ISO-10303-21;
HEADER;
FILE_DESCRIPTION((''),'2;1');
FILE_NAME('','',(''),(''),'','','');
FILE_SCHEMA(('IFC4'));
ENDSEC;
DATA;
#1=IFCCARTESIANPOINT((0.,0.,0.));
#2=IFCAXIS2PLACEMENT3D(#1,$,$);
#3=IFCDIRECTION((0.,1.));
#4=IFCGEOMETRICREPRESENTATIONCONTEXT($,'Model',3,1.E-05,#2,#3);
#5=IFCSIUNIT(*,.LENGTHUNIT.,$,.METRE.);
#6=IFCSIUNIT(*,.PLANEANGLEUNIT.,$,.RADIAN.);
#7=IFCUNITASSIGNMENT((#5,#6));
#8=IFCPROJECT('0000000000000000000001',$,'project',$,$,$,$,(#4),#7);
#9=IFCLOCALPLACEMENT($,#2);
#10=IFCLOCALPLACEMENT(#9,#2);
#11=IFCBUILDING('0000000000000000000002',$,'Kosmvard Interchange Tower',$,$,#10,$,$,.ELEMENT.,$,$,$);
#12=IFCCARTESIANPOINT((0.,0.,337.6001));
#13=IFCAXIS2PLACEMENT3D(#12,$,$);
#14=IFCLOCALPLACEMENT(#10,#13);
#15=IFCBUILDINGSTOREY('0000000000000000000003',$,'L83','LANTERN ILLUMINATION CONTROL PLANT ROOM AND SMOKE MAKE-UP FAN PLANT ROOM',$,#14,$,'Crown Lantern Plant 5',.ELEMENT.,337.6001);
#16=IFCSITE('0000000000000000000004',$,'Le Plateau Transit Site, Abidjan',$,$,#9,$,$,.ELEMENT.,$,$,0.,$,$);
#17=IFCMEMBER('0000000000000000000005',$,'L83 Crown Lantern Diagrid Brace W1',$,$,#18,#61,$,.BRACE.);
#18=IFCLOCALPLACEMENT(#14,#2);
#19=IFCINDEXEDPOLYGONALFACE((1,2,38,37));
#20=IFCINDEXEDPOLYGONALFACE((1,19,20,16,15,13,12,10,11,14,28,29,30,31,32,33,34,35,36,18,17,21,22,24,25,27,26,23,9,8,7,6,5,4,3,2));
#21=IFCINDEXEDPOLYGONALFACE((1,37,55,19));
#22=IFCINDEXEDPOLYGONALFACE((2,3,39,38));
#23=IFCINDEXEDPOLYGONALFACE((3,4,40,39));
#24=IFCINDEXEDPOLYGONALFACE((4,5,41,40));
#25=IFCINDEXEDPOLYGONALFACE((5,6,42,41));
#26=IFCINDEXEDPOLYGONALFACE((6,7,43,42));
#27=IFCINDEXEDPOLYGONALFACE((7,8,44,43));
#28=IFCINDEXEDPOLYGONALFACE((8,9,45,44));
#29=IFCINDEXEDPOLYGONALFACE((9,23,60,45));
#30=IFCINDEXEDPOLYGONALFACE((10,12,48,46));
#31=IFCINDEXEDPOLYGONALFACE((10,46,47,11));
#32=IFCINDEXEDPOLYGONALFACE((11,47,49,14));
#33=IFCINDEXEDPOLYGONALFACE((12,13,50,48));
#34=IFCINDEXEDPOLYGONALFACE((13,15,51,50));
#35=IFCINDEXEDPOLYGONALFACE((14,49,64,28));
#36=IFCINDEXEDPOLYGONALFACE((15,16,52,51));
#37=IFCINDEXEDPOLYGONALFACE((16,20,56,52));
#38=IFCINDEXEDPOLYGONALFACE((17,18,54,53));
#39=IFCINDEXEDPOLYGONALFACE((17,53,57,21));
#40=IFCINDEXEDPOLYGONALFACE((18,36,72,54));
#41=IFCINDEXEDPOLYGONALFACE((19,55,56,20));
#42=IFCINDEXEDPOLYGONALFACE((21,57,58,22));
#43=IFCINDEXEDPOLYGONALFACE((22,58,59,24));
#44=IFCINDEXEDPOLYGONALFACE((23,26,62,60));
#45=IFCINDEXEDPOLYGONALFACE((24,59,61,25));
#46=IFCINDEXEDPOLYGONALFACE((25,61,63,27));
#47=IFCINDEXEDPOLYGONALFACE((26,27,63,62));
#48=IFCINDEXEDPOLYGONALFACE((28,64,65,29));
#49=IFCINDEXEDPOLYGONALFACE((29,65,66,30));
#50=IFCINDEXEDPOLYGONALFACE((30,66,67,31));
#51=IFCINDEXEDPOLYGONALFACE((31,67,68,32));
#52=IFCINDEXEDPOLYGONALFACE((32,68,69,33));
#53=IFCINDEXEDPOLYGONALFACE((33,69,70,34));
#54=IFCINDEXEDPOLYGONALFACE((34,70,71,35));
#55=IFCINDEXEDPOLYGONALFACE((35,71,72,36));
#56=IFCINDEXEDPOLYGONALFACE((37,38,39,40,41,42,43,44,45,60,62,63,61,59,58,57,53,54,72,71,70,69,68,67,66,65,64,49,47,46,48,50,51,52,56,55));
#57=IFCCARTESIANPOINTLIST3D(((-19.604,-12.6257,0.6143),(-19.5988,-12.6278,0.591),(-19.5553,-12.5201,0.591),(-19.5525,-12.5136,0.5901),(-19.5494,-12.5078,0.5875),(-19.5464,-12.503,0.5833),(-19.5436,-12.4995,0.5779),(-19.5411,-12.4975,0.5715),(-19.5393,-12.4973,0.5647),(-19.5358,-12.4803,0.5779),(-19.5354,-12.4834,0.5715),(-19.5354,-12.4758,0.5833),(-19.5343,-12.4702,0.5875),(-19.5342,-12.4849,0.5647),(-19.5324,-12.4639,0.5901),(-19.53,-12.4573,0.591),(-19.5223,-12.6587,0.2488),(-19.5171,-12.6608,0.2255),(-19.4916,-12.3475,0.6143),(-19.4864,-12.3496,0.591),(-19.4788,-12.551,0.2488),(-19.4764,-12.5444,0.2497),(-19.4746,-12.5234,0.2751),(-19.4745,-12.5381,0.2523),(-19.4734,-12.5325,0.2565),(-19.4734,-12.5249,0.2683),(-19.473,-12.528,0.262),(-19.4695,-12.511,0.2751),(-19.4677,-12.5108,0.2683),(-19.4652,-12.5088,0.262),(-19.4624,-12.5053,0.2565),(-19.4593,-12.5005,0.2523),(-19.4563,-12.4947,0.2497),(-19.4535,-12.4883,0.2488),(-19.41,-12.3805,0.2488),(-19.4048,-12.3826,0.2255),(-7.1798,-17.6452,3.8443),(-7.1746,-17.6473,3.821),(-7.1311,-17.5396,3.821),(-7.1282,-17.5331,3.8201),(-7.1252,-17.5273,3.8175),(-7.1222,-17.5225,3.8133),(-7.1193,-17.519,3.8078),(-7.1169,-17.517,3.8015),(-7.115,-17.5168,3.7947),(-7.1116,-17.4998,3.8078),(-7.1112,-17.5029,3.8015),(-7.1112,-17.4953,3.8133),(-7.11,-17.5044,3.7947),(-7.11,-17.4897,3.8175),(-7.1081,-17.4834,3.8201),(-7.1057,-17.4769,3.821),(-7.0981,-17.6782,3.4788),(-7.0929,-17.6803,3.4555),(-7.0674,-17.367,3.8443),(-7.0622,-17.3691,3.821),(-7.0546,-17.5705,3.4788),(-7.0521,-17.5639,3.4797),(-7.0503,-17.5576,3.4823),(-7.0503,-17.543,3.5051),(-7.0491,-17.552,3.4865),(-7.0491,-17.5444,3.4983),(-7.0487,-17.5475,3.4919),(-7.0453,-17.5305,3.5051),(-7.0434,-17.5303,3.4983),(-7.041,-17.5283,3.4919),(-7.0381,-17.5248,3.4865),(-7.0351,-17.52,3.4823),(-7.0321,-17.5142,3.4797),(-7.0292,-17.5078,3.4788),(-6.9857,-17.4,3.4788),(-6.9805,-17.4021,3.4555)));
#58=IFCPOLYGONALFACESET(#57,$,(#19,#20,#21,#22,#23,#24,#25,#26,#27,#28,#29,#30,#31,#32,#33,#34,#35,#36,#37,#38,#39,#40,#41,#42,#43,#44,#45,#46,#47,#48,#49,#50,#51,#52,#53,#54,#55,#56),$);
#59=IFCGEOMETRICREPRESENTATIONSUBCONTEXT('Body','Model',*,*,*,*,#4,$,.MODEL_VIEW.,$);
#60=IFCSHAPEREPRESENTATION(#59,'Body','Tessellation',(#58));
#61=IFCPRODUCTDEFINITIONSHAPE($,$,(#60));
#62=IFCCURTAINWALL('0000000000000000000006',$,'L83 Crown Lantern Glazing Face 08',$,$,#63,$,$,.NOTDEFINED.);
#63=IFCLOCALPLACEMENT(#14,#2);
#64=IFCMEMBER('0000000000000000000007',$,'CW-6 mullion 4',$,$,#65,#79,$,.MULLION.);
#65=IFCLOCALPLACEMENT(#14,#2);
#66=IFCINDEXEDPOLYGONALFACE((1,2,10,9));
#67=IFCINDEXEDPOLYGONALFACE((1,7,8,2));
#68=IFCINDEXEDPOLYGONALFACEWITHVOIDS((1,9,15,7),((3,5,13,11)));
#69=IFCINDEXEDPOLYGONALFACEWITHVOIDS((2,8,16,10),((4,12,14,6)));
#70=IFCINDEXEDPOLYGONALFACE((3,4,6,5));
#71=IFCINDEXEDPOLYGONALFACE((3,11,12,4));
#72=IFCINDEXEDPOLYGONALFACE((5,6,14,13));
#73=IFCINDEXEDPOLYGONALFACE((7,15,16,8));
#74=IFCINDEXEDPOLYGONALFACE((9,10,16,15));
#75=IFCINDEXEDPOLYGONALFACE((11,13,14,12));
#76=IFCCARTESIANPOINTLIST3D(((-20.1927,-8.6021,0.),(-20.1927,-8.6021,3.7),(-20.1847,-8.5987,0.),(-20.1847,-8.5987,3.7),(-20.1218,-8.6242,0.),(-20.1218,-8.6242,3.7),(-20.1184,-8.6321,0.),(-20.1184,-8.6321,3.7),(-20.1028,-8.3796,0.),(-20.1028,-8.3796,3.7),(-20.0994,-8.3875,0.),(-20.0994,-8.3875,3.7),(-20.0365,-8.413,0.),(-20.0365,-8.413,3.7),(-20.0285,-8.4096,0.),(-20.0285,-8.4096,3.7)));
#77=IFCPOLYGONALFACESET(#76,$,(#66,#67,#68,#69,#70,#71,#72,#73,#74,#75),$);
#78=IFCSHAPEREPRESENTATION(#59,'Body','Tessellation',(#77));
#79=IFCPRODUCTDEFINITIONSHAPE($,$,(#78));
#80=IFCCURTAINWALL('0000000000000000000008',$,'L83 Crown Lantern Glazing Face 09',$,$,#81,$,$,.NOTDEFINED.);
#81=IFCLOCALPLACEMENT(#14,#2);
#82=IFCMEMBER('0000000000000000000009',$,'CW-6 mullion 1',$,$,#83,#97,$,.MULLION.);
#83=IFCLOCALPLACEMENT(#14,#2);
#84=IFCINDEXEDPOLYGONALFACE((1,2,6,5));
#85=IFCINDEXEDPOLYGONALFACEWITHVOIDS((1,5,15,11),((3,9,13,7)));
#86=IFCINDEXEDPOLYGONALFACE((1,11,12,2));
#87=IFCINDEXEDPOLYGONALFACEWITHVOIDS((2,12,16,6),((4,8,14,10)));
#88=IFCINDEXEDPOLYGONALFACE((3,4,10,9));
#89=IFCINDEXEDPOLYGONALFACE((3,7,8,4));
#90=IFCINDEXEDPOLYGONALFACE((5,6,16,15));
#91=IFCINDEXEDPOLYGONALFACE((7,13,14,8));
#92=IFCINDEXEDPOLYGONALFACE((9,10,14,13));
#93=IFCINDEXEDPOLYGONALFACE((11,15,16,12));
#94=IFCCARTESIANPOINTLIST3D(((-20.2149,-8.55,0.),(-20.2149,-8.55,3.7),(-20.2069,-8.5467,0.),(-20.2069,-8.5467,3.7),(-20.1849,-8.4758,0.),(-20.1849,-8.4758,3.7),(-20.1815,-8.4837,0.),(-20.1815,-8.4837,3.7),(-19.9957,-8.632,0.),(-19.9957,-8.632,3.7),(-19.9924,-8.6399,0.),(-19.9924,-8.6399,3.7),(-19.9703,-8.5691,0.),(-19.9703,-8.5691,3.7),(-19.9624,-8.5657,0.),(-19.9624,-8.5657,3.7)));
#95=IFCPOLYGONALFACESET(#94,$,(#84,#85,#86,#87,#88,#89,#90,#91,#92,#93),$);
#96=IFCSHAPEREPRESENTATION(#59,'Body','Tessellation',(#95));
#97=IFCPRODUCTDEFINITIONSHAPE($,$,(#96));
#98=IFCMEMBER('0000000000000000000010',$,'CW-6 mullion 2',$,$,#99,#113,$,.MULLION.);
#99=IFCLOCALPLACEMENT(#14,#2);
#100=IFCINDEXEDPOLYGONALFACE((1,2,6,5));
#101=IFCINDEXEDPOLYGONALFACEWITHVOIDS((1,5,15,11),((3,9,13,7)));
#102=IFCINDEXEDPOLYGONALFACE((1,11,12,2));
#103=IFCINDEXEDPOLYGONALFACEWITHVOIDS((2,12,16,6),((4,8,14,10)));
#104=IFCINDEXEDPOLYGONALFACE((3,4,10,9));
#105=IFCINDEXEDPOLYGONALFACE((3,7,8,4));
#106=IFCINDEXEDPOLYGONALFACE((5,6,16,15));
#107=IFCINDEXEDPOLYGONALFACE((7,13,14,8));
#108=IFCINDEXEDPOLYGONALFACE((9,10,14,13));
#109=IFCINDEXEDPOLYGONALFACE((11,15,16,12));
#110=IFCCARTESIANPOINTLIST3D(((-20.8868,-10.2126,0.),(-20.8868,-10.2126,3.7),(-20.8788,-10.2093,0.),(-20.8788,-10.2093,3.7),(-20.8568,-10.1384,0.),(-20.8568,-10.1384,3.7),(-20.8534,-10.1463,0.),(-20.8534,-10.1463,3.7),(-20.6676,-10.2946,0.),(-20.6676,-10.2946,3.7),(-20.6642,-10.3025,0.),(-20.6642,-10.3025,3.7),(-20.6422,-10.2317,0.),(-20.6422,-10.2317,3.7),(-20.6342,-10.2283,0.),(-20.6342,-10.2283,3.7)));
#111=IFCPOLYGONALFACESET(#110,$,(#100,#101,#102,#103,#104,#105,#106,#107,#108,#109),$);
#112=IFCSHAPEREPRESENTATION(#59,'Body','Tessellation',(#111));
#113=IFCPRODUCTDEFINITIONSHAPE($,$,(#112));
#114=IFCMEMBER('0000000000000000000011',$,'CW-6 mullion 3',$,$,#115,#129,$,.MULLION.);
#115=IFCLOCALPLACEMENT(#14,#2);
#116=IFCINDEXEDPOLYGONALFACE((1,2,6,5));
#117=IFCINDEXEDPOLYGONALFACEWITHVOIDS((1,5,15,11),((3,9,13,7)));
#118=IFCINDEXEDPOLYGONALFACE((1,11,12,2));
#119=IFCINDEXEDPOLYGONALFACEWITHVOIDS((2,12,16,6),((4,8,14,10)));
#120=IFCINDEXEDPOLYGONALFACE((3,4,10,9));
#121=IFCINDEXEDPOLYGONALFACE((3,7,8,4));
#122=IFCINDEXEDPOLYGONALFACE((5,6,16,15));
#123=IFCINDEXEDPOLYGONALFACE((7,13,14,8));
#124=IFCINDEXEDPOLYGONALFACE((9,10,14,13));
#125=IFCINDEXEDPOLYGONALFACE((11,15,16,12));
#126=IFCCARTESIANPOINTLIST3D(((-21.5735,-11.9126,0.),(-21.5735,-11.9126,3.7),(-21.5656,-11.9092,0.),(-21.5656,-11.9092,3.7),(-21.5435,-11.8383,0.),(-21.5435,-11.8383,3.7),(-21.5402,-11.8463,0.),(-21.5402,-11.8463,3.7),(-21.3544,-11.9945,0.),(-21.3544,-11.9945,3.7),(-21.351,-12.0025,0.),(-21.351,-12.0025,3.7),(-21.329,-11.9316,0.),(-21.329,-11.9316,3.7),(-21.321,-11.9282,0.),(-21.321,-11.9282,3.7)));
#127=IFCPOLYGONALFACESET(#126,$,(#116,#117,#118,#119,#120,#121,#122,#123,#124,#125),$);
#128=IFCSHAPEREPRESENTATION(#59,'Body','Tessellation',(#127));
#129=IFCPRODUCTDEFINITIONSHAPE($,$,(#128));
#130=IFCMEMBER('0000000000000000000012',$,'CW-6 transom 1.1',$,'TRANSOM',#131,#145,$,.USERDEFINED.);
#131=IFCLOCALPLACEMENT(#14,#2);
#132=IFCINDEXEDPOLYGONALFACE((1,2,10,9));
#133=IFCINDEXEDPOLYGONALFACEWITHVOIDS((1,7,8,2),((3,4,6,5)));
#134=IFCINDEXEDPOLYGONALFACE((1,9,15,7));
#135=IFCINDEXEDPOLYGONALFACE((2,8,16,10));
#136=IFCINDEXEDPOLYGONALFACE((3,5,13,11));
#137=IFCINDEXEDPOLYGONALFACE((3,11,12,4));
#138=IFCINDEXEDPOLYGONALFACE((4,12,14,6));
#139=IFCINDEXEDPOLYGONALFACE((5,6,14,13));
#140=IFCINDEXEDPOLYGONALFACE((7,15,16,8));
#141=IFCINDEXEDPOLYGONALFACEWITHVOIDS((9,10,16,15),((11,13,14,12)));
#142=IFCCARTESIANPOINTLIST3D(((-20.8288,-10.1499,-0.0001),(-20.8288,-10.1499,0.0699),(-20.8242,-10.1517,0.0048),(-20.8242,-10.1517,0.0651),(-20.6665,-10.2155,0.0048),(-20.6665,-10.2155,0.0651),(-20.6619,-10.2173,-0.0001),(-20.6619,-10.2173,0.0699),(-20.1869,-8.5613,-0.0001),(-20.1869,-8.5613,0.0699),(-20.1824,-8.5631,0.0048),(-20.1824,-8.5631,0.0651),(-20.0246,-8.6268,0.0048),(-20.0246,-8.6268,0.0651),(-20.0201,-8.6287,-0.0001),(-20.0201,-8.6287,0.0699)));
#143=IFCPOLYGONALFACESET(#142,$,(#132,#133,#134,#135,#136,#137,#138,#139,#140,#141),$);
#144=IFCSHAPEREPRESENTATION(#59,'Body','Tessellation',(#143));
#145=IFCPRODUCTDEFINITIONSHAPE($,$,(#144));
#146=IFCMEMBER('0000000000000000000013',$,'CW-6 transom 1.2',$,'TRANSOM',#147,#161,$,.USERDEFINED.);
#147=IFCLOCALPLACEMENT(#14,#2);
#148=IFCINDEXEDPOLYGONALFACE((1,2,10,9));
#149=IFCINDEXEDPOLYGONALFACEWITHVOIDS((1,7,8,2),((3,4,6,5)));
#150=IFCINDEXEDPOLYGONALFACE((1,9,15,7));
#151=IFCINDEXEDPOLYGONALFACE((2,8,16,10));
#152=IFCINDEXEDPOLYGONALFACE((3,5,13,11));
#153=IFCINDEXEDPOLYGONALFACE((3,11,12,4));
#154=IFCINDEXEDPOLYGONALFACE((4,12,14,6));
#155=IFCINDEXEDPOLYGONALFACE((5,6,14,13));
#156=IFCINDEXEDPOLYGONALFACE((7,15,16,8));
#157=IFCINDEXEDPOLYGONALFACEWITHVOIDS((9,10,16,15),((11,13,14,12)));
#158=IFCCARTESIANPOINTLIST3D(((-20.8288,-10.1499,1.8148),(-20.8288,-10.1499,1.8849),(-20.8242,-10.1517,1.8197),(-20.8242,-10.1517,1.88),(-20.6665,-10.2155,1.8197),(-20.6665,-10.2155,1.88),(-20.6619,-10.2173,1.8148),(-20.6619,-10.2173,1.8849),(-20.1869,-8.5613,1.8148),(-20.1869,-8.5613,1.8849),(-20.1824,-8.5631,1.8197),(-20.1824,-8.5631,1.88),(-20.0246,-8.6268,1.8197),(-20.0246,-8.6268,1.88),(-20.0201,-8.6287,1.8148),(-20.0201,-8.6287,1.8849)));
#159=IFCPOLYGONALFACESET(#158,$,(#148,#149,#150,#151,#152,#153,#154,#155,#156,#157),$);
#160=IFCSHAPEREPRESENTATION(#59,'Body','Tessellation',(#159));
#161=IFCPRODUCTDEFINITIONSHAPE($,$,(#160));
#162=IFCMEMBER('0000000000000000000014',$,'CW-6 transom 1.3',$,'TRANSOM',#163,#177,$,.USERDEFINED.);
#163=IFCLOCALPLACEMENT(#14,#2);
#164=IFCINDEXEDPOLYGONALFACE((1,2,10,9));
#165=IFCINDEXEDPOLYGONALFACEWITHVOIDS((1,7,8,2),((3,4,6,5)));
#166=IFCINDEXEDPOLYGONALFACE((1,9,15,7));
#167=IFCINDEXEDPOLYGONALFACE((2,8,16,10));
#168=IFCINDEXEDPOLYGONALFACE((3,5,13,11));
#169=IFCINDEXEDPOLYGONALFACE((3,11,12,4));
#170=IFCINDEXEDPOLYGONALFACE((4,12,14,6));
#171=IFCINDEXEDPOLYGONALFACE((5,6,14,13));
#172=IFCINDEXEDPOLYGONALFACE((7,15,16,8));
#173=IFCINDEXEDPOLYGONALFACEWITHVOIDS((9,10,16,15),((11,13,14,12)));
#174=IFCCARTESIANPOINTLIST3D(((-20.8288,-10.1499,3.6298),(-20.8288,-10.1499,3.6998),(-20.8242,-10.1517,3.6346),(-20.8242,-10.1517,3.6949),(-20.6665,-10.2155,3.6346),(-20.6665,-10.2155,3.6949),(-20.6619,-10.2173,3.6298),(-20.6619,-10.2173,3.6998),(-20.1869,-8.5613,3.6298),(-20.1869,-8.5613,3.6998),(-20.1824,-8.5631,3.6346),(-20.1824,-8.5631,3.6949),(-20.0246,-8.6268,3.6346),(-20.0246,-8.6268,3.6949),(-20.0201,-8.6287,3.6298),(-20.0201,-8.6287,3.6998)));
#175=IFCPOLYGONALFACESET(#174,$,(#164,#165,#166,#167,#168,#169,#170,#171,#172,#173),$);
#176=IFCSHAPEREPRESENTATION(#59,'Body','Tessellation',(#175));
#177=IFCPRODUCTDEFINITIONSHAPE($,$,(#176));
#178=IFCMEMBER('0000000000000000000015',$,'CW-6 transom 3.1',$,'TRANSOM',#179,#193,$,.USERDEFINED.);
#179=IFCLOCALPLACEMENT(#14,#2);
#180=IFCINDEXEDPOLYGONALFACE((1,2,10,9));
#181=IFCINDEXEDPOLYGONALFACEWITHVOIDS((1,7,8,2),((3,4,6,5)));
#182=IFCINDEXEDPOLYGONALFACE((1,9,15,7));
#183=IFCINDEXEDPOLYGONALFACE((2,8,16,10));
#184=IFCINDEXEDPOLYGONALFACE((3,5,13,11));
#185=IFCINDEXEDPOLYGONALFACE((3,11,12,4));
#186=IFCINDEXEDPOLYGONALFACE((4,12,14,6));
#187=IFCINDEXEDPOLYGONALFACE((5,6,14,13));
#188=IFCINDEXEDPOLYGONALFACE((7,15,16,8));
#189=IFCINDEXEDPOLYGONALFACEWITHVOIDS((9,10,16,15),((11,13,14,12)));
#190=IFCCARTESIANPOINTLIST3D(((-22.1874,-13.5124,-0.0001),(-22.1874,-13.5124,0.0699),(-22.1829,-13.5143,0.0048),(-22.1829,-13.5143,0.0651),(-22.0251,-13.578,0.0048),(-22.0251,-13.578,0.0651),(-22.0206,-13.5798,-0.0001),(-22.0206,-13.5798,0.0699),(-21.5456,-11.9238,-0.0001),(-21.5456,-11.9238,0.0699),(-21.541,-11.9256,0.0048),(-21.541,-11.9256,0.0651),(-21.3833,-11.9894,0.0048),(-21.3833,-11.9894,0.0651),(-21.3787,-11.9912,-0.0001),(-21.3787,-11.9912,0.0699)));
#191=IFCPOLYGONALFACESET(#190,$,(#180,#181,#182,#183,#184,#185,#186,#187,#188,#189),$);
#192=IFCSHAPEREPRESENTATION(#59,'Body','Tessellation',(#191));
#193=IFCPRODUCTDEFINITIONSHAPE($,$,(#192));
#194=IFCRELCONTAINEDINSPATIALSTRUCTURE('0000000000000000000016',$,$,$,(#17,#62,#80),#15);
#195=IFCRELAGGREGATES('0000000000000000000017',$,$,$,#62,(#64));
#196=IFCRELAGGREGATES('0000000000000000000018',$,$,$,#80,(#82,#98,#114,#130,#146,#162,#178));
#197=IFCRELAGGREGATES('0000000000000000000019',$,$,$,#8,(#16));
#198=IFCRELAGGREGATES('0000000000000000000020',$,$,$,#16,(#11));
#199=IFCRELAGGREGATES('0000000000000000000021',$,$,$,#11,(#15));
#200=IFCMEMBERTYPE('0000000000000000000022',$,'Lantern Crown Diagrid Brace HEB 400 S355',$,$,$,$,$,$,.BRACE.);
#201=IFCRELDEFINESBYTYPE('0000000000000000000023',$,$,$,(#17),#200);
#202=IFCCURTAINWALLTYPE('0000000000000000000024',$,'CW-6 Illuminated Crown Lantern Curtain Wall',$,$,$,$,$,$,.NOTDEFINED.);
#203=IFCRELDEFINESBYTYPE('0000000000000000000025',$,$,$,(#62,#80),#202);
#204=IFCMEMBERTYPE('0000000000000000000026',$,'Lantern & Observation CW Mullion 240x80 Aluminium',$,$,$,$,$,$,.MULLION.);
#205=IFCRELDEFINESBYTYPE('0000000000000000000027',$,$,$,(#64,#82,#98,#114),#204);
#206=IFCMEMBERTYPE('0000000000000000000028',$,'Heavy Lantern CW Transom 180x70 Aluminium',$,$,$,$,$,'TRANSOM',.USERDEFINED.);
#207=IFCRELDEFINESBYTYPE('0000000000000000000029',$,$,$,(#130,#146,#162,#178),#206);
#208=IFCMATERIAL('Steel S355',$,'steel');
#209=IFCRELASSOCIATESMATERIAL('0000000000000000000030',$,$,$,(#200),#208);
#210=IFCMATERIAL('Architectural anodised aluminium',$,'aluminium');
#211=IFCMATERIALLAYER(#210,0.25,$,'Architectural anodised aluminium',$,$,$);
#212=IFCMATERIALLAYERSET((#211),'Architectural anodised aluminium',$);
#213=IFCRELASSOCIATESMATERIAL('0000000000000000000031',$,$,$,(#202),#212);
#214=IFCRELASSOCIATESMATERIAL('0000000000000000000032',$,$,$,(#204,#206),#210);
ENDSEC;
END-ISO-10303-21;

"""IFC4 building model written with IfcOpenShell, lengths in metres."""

from ifc_helpers import new_model, si_unit, direction, frame, origin, origin_2d, place, context, subcontext, project, spatial, hollow_rectangle, i_section, extrude, source, transform, mapped, material, layer, layer_set, material_profile, profile_set, type_object, element, aggregate, save


model = new_model("IFC4")

# Units and contexts
model_context = context("Model", 3, precision=1e-05, world=origin(), true_north=direction((0.0, 1.0)))
body_context = subcontext(model_context, "Body", "Model", "MODEL_VIEW")
ifc_project = project(units=[si_unit("LENGTHUNIT", "METRE"), si_unit("PLANEANGLEUNIT", "RADIAN")], contexts=[model_context])

# Site, building, storey
site_placement = place(None, origin())
site = spatial("IfcSite", under=ifc_project, at=site_placement, Name="Le Plateau Transit Site, Abidjan", CompositionType="ELEMENT", RefElevation=0.0)
building_placement = place(site_placement, origin())
building = spatial("IfcBuilding", under=site, at=building_placement, Name="Kosmvard Interchange Tower", CompositionType="ELEMENT")
storey_placement = place(building_placement, frame((0.0, 0.0, 337.6001)))
storey = spatial("IfcBuildingStorey", under=building, at=storey_placement, Name="L83", Description="LANTERN ILLUMINATION CONTROL PLANT ROOM AND SMOKE MAKE-UP FAN PLANT ROOM", LongName="Crown Lantern Plant 5", CompositionType="ELEMENT", Elevation=337.6001)

# Member
ifc_material_1 = material(Name="Steel S355", Category="steel")
ifc_material_profile_1 = material_profile(ifc_material_1, i_section(OverallWidth=0.3, OverallDepth=0.3999, WebThickness=0.0134, FlangeThickness=0.0239, FilletRadius=0.0271, at=origin_2d()), Name="HEB 400")
ifc_profile_set_1 = profile_set([ifc_material_profile_1], Name="Steel S355")
member_type_1 = type_object("IfcMemberType", Name="Lantern Crown Diagrid Brace HEB 400 S355", PredefinedType="BRACE", material=ifc_profile_set_1)
shared_shape_1 = source(origin(), body_context, "Body", "SweptSolid", [
    extrude(i_section(OverallWidth=0.3, OverallDepth=0.3999, WebThickness=0.0134, FlangeThickness=0.0239, FilletRadius=0.0271, at=origin_2d()), origin(), (0.0, 0.0, 1.0), 13.7837),
])
member_1_placement = place(storey_placement, frame((-19.5044, -12.5042, 0.4199), z_axis=(0.901373, -0.364163, 0.234332), x_axis=(0.374593, 0.92719, 0.0)))
element("IfcMember", 1, at=member_1_placement, inside=storey, type_object=member_type_1, Name="L83 Crown Lantern Diagrid Brace W1", PredefinedType="BRACE", context=body_context, shape_type="MappedRepresentation", body=[
    mapped(shared_shape_1, transform((0.0, 0.0, 0.0), scale=1.0)),
])

# Curtain wall, member
ifc_material_2 = material(Name="Architectural anodised aluminium", Category="aluminium")
ifc_layer_1 = layer(ifc_material_2, 0.25, Name="Architectural anodised aluminium")
ifc_layer_set_1 = layer_set([ifc_layer_1], Name="Architectural anodised aluminium")
curtain_wall_type = type_object("IfcCurtainWallType", Name="CW-6 Illuminated Crown Lantern Curtain Wall", PredefinedType="NOTDEFINED", material=ifc_layer_set_1)
curtain_wall_1_placement = place(storey_placement, origin())
curtain_wall_1 = element("IfcCurtainWall", 2, at=curtain_wall_1_placement, inside=storey, type_object=curtain_wall_type, Name="L83 Crown Lantern Glazing Face 08", PredefinedType="NOTDEFINED")
ifc_material_profile_2 = material_profile(ifc_material_2, hollow_rectangle(XDim=0.24, YDim=0.0801, WallThickness=0.0061, at=origin_2d()), Name="CWM 240x80x6")
ifc_profile_set_2 = profile_set([ifc_material_profile_2], Name="Architectural anodised aluminium")
member_type_2 = type_object("IfcMemberType", Name="Lantern & Observation CW Mullion 240x80 Aluminium", PredefinedType="MULLION", material=ifc_profile_set_2)
shared_shape_2 = source(origin(), body_context, "Body", "SweptSolid", [
    extrude(hollow_rectangle(XDim=0.24, YDim=0.0801, WallThickness=0.0061, at=origin_2d()), origin(), (0.0, 0.0, 1.0), 3.7),
])
member_2_placement = place(storey_placement, frame((-20.1106, -8.5059, 0.0), z_axis=(0.0, 0.0, 1.0), x_axis=(0.374607, 0.927184, 0.0)))
member_2 = element("IfcMember", 3, at=member_2_placement, type_object=member_type_2, Name="CW-6 mullion 4", PredefinedType="MULLION", context=body_context, shape_type="MappedRepresentation", body=[
    mapped(shared_shape_2, transform((0.0, 0.0, 0.0), scale=1.0)),
])

# Curtain wall, members
curtain_wall_2_placement = place(storey_placement, origin())
curtain_wall_2 = element("IfcCurtainWall", 4, at=curtain_wall_2_placement, inside=storey, type_object=curtain_wall_type, Name="L83 Crown Lantern Glazing Face 09", PredefinedType="NOTDEFINED")
member_3_placement = place(storey_placement, frame((-20.0886, -8.5579, 0.0), z_axis=(0.0, 0.0, 1.0), x_axis=(0.927184, -0.374607, 0.0)))
member_3 = element("IfcMember", 5, at=member_3_placement, type_object=member_type_2, Name="CW-6 mullion 1", PredefinedType="MULLION", context=body_context, shape_type="MappedRepresentation", body=[
    mapped(shared_shape_2, transform((0.0, 0.0, 0.0), scale=1.0)),
])
member_4_placement = place(storey_placement, frame((-20.7605, -10.2205, 0.0), z_axis=(0.0, 0.0, 1.0), x_axis=(0.927184, -0.374607, 0.0)))
member_4 = element("IfcMember", 6, at=member_4_placement, type_object=member_type_2, Name="CW-6 mullion 2", PredefinedType="MULLION", context=body_context, shape_type="MappedRepresentation", body=[
    mapped(shared_shape_2, transform((0.0, 0.0, 0.0), scale=1.0)),
])
member_5_placement = place(storey_placement, frame((-21.4473, -11.9204, 0.0), z_axis=(0.0, 0.0, 1.0), x_axis=(0.927184, -0.374607, 0.0)))
member_5 = element("IfcMember", 7, at=member_5_placement, type_object=member_type_2, Name="CW-6 mullion 3", PredefinedType="MULLION", context=body_context, shape_type="MappedRepresentation", body=[
    mapped(shared_shape_2, transform((0.0, 0.0, 0.0), scale=1.0)),
])
ifc_material_profile_3 = material_profile(ifc_material_2, hollow_rectangle(XDim=0.1799, YDim=0.0701, WallThickness=0.0049, at=origin_2d()), Name="CWT 180x70x5")
ifc_profile_set_3 = profile_set([ifc_material_profile_3], Name="Architectural anodised aluminium")
member_type_3 = type_object("IfcMemberType", Name="Heavy Lantern CW Transom 180x70 Aluminium", ElementType="TRANSOM", PredefinedType="USERDEFINED", material=ifc_profile_set_3)
shared_shape_3 = source(origin(), body_context, "Body", "SweptSolid", [
    extrude(hollow_rectangle(XDim=0.1799, YDim=0.0701, WallThickness=0.0049, at=origin_2d()), origin(), (0.0, 0.0, 1.0), 1.7134),
])
member_6_placement = place(storey_placement, frame((-20.1035, -8.595, 0.0349), z_axis=(-0.374607, -0.927184, 0.0), x_axis=(0.927184, -0.374607, 0.0)))
member_6 = element("IfcMember", 8, at=member_6_placement, type_object=member_type_3, Name="CW-6 transom 1.1", ObjectType="TRANSOM", PredefinedType="USERDEFINED", context=body_context, shape_type="MappedRepresentation", body=[
    mapped(shared_shape_3, transform((0.0, 0.0, 0.0), scale=1.0)),
])
member_7_placement = place(storey_placement, frame((-20.1035, -8.595, 1.8499), z_axis=(-0.374607, -0.927184, 0.0), x_axis=(0.927184, -0.374607, 0.0)))
member_7 = element("IfcMember", 9, at=member_7_placement, type_object=member_type_3, Name="CW-6 transom 1.2", ObjectType="TRANSOM", PredefinedType="USERDEFINED", context=body_context, shape_type="MappedRepresentation", body=[
    mapped(shared_shape_3, transform((0.0, 0.0, 0.0), scale=1.0)),
])
member_8_placement = place(storey_placement, frame((-20.1035, -8.595, 3.6648), z_axis=(-0.374607, -0.927184, 0.0), x_axis=(0.927184, -0.374607, 0.0)))
member_8 = element("IfcMember", 10, at=member_8_placement, type_object=member_type_3, Name="CW-6 transom 1.3", ObjectType="TRANSOM", PredefinedType="USERDEFINED", context=body_context, shape_type="MappedRepresentation", body=[
    mapped(shared_shape_3, transform((0.0, 0.0, 0.0), scale=1.0)),
])
member_9_placement = place(storey_placement, frame((-21.4622, -11.9575, 0.0349), z_axis=(-0.374607, -0.927184, 0.0), x_axis=(0.927184, -0.374607, 0.0)))
member_9 = element("IfcMember", 11, at=member_9_placement, type_object=member_type_3, Name="CW-6 transom 3.1", ObjectType="TRANSOM", PredefinedType="USERDEFINED", context=body_context, shape_type="MappedRepresentation", body=[
    mapped(shared_shape_3, transform((0.0, 0.0, 0.0), scale=1.0)),
])

aggregate(curtain_wall_1, [member_2])
aggregate(curtain_wall_2, [member_3, member_4, member_5, member_6, member_7, member_8, member_9])

save(model, "model.ifc")
